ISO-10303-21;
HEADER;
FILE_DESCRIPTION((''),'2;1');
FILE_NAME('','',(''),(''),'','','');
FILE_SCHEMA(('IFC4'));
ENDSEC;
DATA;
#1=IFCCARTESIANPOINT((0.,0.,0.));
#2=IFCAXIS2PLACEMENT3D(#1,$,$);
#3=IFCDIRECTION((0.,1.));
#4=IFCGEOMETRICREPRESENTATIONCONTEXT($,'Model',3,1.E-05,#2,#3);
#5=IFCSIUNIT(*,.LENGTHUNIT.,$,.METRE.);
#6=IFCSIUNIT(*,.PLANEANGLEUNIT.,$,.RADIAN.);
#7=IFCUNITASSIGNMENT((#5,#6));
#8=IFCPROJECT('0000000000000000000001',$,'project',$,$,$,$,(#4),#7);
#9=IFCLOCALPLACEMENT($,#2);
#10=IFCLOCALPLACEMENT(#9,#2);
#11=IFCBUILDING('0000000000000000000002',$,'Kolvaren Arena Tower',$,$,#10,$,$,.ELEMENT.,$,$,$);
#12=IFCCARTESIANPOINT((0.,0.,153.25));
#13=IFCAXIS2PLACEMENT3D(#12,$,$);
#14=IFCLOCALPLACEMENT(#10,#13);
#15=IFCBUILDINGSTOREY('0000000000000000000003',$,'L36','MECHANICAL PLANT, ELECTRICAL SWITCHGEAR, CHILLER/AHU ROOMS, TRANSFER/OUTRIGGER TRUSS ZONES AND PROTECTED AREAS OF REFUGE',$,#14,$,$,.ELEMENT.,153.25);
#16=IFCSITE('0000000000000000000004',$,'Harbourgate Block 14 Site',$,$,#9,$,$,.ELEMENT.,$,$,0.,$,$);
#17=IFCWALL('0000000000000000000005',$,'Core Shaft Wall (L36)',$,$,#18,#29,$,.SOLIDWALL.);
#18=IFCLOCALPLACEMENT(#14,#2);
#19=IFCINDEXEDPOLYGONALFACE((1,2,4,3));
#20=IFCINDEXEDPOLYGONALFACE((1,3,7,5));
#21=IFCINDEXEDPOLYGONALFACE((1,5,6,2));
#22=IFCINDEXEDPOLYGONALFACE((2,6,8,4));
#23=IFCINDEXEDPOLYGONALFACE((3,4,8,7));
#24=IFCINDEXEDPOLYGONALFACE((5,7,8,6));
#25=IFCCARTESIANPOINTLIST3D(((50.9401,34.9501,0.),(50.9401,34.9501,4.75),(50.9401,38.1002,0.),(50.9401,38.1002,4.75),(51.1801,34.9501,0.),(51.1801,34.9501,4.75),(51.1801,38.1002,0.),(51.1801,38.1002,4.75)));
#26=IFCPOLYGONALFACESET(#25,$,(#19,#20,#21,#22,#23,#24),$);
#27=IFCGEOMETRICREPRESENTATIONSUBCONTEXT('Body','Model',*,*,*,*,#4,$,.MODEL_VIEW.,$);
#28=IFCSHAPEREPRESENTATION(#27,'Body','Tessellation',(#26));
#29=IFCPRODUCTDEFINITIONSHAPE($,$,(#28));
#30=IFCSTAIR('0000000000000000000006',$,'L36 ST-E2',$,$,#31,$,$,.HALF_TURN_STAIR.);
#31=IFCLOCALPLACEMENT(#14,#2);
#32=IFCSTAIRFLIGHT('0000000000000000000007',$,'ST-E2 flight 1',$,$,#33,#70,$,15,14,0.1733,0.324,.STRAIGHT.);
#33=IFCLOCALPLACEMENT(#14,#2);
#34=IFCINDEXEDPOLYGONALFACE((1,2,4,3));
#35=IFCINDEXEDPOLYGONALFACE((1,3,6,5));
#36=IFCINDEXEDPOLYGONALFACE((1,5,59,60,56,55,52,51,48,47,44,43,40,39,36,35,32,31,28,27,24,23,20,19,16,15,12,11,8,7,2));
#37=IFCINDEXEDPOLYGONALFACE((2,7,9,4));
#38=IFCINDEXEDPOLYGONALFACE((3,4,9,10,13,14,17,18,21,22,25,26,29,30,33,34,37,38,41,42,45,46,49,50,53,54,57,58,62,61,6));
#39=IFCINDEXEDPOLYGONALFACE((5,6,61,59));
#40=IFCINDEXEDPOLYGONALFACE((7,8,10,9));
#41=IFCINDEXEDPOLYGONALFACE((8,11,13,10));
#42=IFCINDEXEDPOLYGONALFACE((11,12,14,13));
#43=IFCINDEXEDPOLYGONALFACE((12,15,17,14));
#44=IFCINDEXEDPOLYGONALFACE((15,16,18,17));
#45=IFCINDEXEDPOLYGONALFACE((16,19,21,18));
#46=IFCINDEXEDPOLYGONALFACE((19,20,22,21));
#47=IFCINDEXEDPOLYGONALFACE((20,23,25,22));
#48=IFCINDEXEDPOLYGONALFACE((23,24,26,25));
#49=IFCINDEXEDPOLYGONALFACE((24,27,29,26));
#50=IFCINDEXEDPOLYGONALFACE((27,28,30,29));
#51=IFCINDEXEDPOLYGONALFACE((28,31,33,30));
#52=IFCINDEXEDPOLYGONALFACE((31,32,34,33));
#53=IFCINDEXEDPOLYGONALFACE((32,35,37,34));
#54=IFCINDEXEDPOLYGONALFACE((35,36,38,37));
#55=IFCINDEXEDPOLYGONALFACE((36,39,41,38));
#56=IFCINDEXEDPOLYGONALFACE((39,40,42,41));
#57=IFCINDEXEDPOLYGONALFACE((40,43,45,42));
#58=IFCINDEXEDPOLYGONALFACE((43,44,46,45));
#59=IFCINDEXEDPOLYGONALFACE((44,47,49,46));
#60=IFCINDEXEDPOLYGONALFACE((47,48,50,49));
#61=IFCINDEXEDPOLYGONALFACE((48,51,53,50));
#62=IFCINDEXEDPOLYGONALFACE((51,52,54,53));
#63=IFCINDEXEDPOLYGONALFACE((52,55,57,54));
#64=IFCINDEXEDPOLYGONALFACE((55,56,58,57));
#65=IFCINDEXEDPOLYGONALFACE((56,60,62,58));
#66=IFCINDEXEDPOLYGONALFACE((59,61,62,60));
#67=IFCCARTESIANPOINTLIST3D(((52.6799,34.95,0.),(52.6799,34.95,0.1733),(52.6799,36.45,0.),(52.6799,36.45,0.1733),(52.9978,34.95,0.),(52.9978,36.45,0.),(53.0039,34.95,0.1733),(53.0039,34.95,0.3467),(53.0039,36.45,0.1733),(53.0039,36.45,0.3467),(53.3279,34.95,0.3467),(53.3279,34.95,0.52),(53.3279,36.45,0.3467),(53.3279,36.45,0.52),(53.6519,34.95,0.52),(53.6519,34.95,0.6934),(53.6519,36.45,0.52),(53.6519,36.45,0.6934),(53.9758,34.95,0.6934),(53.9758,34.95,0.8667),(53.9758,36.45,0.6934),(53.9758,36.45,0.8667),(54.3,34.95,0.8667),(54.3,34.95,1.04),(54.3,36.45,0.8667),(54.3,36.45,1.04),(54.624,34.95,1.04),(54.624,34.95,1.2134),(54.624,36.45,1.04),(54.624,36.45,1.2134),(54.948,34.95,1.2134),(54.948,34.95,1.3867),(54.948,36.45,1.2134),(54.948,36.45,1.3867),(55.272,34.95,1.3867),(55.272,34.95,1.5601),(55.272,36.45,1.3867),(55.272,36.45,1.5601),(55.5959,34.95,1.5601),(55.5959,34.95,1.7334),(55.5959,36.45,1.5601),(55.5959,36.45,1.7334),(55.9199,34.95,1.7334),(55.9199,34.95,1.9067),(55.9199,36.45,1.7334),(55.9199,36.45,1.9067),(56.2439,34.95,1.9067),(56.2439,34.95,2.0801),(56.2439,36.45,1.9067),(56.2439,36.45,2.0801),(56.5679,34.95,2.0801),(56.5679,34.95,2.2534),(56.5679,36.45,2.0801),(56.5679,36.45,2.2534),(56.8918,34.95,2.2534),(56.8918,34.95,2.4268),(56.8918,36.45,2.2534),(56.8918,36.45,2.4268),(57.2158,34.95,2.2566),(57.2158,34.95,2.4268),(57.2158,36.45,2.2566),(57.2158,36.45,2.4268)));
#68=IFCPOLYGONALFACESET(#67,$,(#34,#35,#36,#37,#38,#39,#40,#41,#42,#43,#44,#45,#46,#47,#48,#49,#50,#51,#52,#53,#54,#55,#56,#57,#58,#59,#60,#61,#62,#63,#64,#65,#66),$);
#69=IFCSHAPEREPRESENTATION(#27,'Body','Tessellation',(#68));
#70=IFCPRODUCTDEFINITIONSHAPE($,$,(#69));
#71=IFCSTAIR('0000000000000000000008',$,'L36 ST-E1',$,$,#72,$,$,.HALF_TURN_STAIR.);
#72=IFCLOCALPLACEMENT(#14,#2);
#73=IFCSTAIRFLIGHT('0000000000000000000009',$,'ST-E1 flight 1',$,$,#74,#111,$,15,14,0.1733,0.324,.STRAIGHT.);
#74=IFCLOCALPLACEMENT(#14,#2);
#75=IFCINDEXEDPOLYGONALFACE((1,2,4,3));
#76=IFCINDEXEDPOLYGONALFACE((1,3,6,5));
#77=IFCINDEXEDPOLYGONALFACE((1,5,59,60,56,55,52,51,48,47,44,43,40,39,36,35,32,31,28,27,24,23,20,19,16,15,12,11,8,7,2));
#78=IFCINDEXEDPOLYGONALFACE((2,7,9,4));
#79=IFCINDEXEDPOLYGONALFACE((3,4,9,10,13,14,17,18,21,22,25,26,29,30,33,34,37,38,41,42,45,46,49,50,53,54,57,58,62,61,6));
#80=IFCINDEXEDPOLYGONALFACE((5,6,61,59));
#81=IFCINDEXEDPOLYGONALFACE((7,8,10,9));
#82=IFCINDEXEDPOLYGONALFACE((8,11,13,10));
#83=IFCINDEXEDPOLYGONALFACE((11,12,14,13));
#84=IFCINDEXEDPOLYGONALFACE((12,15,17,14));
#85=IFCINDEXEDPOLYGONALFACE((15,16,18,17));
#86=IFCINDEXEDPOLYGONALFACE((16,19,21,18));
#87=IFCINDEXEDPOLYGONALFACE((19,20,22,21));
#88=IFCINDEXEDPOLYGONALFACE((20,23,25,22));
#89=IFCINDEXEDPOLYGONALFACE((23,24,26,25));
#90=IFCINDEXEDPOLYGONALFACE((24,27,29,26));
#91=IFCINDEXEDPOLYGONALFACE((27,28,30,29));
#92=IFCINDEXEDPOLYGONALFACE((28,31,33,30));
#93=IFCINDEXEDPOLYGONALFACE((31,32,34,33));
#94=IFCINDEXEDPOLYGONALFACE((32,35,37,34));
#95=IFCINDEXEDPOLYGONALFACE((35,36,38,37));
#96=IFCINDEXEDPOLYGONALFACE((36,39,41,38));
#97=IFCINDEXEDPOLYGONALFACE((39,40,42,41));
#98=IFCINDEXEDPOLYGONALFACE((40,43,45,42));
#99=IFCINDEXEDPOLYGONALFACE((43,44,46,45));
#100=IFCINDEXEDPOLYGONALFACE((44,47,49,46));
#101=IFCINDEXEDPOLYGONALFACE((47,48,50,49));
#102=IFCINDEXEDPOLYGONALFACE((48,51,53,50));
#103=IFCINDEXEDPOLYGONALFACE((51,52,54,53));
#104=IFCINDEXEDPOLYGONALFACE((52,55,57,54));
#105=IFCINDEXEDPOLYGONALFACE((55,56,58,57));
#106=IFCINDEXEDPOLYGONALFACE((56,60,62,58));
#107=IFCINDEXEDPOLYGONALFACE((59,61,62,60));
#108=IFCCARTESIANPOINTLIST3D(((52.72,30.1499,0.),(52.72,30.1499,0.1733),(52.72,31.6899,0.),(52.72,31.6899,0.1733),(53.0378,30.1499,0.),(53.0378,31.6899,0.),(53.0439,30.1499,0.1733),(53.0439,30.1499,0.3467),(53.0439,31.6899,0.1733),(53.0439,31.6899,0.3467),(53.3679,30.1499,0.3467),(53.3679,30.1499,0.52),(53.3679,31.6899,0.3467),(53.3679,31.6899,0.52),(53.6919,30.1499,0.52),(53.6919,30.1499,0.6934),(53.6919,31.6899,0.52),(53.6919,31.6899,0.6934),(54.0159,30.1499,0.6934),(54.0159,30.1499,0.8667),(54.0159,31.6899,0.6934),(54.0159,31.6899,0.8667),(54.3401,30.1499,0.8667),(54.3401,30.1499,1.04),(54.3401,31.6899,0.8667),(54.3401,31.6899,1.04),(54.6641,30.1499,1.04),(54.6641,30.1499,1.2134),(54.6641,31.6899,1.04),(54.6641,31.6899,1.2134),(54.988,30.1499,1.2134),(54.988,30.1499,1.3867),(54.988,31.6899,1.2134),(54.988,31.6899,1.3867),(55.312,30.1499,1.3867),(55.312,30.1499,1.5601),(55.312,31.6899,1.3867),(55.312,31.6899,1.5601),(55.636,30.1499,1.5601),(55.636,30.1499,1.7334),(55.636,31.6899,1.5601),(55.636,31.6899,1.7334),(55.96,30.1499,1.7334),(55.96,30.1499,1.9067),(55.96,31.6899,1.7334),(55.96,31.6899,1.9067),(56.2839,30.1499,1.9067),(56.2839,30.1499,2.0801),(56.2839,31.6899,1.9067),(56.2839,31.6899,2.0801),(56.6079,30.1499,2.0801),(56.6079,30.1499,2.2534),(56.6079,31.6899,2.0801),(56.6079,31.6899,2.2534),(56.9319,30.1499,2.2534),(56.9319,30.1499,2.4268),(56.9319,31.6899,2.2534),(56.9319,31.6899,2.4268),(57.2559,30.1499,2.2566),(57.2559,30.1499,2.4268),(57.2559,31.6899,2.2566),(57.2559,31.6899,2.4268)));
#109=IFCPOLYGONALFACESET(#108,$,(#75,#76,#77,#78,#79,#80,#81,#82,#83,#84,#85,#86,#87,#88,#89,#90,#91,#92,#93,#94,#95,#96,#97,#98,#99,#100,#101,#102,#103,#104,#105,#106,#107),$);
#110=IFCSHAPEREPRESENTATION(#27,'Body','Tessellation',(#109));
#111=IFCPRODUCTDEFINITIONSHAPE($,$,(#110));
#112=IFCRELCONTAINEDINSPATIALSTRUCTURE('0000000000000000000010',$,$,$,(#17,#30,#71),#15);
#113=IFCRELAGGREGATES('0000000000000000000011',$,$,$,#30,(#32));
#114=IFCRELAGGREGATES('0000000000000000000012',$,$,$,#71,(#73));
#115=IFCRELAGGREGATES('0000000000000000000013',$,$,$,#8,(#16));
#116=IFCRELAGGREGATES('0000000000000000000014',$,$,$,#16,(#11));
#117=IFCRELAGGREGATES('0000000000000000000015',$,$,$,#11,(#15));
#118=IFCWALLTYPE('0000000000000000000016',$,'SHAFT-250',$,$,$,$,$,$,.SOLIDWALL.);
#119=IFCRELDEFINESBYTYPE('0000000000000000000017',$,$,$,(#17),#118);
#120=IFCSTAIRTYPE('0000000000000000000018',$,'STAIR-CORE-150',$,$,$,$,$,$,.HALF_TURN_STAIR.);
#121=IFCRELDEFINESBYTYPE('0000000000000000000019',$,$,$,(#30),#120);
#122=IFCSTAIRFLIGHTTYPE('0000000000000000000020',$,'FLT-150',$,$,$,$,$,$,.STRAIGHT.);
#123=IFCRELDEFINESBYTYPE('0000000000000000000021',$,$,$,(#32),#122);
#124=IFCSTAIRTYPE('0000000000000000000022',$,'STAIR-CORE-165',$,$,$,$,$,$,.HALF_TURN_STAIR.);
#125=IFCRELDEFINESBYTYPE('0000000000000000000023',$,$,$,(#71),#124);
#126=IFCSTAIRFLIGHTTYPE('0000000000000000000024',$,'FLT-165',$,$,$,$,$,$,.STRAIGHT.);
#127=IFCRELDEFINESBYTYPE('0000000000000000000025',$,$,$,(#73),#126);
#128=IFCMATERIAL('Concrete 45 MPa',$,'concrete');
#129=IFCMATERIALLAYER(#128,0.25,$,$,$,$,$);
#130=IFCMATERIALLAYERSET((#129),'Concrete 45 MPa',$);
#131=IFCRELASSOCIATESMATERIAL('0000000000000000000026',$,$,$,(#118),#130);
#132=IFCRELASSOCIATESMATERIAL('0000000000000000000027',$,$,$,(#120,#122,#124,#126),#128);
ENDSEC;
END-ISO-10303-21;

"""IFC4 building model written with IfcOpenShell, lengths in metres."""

from ifc_helpers import new_model, si_unit, direction, frame, frame_2d, origin, place, context, subcontext, project, spatial, polyline, rectangle, outline, extrude, material, layer, layer_set, type_object, element, aggregate, save


model = new_model("IFC4")

# Units and contexts
model_context = context("Model", 3, precision=1e-05, world=origin(), true_north=direction((0.0, 1.0)))
body_context = subcontext(model_context, "Body", "Model", "MODEL_VIEW")
ifc_project = project(units=[si_unit("LENGTHUNIT", "METRE"), si_unit("PLANEANGLEUNIT", "RADIAN")], contexts=[model_context])

# Site, building, storey
site_placement = place(None, origin())
site = spatial("IfcSite", under=ifc_project, at=site_placement, Name="Harbourgate Block 14 Site", CompositionType="ELEMENT", RefElevation=0.0)
building_placement = place(site_placement, origin())
building = spatial("IfcBuilding", under=site, at=building_placement, Name="Kolvaren Arena Tower", CompositionType="ELEMENT")
storey_placement = place(building_placement, frame((0.0, 0.0, 153.25)))
storey = spatial("IfcBuildingStorey", under=building, at=storey_placement, Name="L36", Description="MECHANICAL PLANT, ELECTRICAL SWITCHGEAR, CHILLER/AHU ROOMS, TRANSFER/OUTRIGGER TRUSS ZONES AND PROTECTED AREAS OF REFUGE", CompositionType="ELEMENT", Elevation=153.25)

# Wall
ifc_material_1 = material(Name="Concrete 45 MPa", Category="concrete")
ifc_layer_1 = layer(ifc_material_1, 0.25)
ifc_layer_set_1 = layer_set([ifc_layer_1], Name="Concrete 45 MPa")
wall_type_1 = type_object("IfcWallType", Name="SHAFT-250", PredefinedType="SOLIDWALL", material=ifc_layer_set_1)
wall_1_placement = place(storey_placement, frame((51.0601, 34.95, 0.0), z_axis=(0.0, 0.0, 1.0), x_axis=(0.0, 1.0, 0.0)))
element("IfcWall", 1, at=wall_1_placement, inside=storey, type_object=wall_type_1, Name="Core Shaft Wall (L36)", PredefinedType="SOLIDWALL", context=body_context, shape_type="SweptSolid", body=[
    extrude(rectangle(XDim=3.1501, YDim=0.24, at=frame_2d((1.5752, 0.0))), origin(), (0.0, 0.0, 1.0), 4.75),
])

# Stairs, stair flights
stair_type_1 = type_object("IfcStairType", Name="STAIR-CORE-150", PredefinedType="HALF_TURN_STAIR", material=ifc_material_1)
stair_1_placement = place(storey_placement, origin())
stair_1 = element("IfcStair", 2, at=stair_1_placement, inside=storey, type_object=stair_type_1, Name="L36 ST-E2", PredefinedType="HALF_TURN_STAIR")
stair_flight_type_1 = type_object("IfcStairFlightType", Name="FLT-150", PredefinedType="STRAIGHT", material=ifc_material_1)
stair_flight_1_placement = place(storey_placement, frame((52.6799, 35.7, 0.0), z_axis=(0.0, 0.0, 1.0), x_axis=(1.0, 0.0, 0.0)))
stair_flight_1 = element("IfcStairFlight", 3, at=stair_flight_1_placement, type_object=stair_flight_type_1, Name="ST-E2 flight 1", NumberOfRisers=15, NumberOfTreads=14, PredefinedType="STRAIGHT", RiserHeight=0.1733, TreadLength=0.324, context=body_context, shape_type="SweptSolid", body=[
    extrude(outline(polyline([(0.0, 0.0), (0.0, 0.1733), (0.324, 0.1733), (0.324, 0.3467), (0.6479, 0.3467), (0.6479, 0.52), (0.9719, 0.52), (0.9719, 0.6934), (1.2959, 0.6934), (1.2959, 0.8667), (1.6201, 0.8667), (1.6201, 1.04), (1.9441, 1.04), (1.9441, 1.2134), (2.2681, 1.2134), (2.2681, 1.3867), (2.592, 1.3867), (2.592, 1.5601), (2.916, 1.5601), (2.916, 1.7334), (3.24, 1.7334), (3.24, 1.9067), (3.564, 1.9067), (3.564, 2.0801), (3.8879, 2.0801), (3.8879, 2.2534), (4.2119, 2.2534), (4.2119, 2.4268), (4.5359, 2.4268), (4.5359, 2.6001), (4.5359, 2.2566), (0.3179, 0.0), (0.0, 0.0)])), frame((0.0, 0.75, 0.0), z_axis=(0.0, -1.0, 0.0), x_axis=(1.0, 0.0, 0.0)), (0.0, 0.0, 1.0), 1.5),
])
aggregate(stair_1, [stair_flight_1])
stair_type_2 = type_object("IfcStairType", Name="STAIR-CORE-165", PredefinedType="HALF_TURN_STAIR", material=ifc_material_1)
stair_2_placement = place(storey_placement, origin())
stair_2 = element("IfcStair", 4, at=stair_2_placement, inside=storey, type_object=stair_type_2, Name="L36 ST-E1", PredefinedType="HALF_TURN_STAIR")
stair_flight_type_2 = type_object("IfcStairFlightType", Name="FLT-165", PredefinedType="STRAIGHT", material=ifc_material_1)
stair_flight_2_placement = place(storey_placement, frame((52.72, 30.9199, 0.0), z_axis=(0.0, 0.0, 1.0), x_axis=(1.0, 0.0, 0.0)))
stair_flight_2 = element("IfcStairFlight", 5, at=stair_flight_2_placement, type_object=stair_flight_type_2, Name="ST-E1 flight 1", NumberOfRisers=15, NumberOfTreads=14, PredefinedType="STRAIGHT", RiserHeight=0.1733, TreadLength=0.324, context=body_context, shape_type="SweptSolid", body=[
    extrude(outline(polyline([(0.0, 0.0), (0.0, 0.1733), (0.324, 0.1733), (0.324, 0.3467), (0.6479, 0.3467), (0.6479, 0.52), (0.9719, 0.52), (0.9719, 0.6934), (1.2959, 0.6934), (1.2959, 0.8667), (1.6201, 0.8667), (1.6201, 1.04), (1.9441, 1.04), (1.9441, 1.2134), (2.2681, 1.2134), (2.2681, 1.3867), (2.592, 1.3867), (2.592, 1.5601), (2.916, 1.5601), (2.916, 1.7334), (3.24, 1.7334), (3.24, 1.9067), (3.564, 1.9067), (3.564, 2.0801), (3.8879, 2.0801), (3.8879, 2.2534), (4.2119, 2.2534), (4.2119, 2.4268), (4.5359, 2.4268), (4.5359, 2.6001), (4.5359, 2.2566), (0.3179, 0.0), (0.0, 0.0)])), frame((0.0, 0.77, 0.0), z_axis=(0.0, -1.0, 0.0), x_axis=(1.0, 0.0, 0.0)), (0.0, 0.0, 1.0), 1.54),
])
aggregate(stair_2, [stair_flight_2])

save(model, "model.ifc")
